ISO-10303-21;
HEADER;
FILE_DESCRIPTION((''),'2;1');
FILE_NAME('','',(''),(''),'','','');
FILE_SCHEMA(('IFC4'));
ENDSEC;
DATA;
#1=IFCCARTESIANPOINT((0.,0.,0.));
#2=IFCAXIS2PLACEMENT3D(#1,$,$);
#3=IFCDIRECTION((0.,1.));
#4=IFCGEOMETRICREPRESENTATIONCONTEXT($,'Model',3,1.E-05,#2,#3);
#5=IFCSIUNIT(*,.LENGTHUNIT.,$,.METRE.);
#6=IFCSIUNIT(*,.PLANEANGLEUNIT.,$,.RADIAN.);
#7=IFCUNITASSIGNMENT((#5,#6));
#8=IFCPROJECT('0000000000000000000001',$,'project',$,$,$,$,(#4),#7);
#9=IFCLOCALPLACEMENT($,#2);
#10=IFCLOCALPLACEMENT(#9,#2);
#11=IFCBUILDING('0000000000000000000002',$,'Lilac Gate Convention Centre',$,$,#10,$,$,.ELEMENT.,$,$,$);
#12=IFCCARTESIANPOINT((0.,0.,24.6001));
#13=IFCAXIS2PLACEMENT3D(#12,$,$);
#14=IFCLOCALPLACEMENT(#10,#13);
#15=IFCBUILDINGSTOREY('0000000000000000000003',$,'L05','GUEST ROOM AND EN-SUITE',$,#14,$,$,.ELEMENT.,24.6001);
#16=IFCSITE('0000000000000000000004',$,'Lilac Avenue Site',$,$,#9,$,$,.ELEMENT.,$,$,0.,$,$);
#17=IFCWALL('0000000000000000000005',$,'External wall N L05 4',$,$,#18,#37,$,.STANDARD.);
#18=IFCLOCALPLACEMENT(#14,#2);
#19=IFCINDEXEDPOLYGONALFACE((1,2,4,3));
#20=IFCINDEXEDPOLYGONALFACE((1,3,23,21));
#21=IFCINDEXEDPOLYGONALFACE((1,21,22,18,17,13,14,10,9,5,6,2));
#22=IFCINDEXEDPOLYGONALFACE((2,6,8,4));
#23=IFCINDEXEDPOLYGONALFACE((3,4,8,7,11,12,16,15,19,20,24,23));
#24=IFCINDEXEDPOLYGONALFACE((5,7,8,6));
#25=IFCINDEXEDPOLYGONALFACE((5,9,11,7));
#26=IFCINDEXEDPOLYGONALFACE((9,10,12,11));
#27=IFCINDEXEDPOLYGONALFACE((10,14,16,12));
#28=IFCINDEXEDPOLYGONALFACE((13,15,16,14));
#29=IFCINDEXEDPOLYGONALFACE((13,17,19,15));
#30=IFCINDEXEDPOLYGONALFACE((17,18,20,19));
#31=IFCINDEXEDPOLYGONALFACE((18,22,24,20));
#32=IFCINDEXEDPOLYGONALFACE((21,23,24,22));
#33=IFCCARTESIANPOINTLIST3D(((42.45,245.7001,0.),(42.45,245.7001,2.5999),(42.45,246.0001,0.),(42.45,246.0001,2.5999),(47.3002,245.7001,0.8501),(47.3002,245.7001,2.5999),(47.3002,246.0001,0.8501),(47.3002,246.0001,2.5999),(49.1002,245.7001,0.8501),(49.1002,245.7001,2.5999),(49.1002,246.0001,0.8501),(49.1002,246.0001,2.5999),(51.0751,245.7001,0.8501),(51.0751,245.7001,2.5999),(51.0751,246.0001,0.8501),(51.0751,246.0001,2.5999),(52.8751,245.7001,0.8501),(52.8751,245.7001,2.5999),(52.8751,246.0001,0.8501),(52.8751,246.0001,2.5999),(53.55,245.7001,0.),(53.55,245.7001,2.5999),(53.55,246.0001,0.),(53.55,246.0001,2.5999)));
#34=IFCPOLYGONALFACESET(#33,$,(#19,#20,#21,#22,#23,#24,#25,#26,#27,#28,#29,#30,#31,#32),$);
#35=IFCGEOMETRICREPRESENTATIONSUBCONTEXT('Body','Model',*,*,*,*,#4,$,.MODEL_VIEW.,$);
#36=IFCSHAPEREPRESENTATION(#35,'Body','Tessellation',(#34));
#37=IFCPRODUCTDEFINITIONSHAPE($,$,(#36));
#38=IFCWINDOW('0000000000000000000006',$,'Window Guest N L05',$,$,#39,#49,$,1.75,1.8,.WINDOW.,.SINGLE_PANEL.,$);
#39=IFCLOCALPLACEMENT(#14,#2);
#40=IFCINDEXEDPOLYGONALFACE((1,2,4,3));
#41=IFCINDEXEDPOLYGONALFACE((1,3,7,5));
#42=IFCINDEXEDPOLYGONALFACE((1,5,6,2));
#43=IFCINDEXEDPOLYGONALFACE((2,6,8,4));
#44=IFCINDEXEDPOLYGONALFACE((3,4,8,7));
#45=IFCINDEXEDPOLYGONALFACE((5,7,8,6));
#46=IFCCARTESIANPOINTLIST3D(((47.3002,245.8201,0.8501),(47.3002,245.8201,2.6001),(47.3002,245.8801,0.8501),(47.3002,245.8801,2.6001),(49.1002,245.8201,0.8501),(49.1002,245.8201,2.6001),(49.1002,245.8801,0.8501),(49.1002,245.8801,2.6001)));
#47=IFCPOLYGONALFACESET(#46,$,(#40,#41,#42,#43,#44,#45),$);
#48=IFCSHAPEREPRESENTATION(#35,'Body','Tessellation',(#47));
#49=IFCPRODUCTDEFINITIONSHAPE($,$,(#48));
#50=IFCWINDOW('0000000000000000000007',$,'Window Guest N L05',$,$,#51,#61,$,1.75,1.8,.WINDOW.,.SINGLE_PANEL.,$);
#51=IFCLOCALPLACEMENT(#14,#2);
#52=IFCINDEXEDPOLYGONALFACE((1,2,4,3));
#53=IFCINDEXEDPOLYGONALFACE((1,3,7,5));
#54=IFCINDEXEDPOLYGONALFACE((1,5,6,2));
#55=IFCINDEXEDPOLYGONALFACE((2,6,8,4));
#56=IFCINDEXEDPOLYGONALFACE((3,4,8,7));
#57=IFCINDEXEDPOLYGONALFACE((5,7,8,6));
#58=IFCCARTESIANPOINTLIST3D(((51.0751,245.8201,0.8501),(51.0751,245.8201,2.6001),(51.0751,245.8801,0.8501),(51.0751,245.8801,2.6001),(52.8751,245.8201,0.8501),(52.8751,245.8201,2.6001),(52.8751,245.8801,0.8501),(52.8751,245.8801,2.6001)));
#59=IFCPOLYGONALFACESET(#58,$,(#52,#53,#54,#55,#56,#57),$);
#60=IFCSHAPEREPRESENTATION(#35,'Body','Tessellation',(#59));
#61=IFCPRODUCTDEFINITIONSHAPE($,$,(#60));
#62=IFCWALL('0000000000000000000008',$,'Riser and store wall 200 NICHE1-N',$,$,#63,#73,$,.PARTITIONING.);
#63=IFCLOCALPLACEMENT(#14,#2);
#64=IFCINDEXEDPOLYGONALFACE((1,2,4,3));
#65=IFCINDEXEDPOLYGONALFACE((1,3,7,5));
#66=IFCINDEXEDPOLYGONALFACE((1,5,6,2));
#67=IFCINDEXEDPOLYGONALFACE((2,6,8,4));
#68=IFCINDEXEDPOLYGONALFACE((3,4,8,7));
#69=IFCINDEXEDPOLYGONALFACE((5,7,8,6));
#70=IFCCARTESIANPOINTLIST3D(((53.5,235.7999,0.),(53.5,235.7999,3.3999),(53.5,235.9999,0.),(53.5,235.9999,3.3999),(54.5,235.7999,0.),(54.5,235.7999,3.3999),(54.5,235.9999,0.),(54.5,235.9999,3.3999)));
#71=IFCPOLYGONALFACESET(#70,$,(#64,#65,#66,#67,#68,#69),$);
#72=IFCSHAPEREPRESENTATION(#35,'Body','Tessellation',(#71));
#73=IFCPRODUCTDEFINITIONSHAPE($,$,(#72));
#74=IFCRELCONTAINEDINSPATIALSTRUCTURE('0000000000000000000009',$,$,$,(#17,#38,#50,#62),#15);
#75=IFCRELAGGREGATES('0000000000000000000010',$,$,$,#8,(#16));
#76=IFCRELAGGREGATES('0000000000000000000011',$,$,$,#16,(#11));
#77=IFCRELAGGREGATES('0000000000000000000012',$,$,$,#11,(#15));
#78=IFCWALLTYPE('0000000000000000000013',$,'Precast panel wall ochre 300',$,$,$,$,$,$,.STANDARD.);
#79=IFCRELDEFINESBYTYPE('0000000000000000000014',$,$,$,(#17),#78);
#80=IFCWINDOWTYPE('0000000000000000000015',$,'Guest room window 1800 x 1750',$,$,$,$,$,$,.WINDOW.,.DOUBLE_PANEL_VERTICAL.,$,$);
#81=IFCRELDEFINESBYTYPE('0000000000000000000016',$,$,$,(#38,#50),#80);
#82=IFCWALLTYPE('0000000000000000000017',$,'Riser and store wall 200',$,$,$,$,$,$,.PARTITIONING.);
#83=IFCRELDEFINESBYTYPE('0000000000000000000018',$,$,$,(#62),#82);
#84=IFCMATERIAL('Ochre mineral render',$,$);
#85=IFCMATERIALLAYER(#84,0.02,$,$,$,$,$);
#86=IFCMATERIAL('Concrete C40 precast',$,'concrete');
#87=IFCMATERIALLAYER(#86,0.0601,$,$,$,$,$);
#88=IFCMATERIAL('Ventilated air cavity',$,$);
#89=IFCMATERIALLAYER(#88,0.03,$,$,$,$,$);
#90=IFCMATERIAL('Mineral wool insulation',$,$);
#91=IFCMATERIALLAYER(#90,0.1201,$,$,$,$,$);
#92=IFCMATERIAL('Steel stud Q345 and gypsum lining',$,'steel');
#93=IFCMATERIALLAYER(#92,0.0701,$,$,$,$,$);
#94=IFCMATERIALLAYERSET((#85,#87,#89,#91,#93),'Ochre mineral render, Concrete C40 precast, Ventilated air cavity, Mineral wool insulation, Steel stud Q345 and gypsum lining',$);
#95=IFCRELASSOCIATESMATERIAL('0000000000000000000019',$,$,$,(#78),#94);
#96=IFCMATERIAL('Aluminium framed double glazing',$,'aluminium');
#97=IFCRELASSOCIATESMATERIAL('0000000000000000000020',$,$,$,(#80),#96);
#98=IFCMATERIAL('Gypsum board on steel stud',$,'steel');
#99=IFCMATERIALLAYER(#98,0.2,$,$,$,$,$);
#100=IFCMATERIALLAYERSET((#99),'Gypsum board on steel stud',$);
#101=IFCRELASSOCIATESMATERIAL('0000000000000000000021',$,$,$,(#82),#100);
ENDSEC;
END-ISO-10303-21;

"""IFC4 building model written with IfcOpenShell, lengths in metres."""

from ifc_helpers import new_model, si_unit, direction, frame, frame_2d, origin, place, context, subcontext, project, spatial, rectangle, extrude, material, layer, layer_set, type_object, element, fill, save


model = new_model("IFC4")

# Units and contexts
model_context = context("Model", 3, precision=1e-05, world=origin(), true_north=direction((0.0, 1.0)))
body_context = subcontext(model_context, "Body", "Model", "MODEL_VIEW")
ifc_project = project(units=[si_unit("LENGTHUNIT", "METRE"), si_unit("PLANEANGLEUNIT", "RADIAN")], contexts=[model_context])

# Site, building, storey
site_placement = place(None, origin())
site = spatial("IfcSite", under=ifc_project, at=site_placement, Name="Lilac Avenue Site", CompositionType="ELEMENT", RefElevation=0.0)
building_placement = place(site_placement, origin())
building = spatial("IfcBuilding", under=site, at=building_placement, Name="Lilac Gate Convention Centre", CompositionType="ELEMENT")
storey_placement = place(building_placement, frame((0.0, 0.0, 24.6001)))
storey = spatial("IfcBuildingStorey", under=building, at=storey_placement, Name="L05", Description="GUEST ROOM AND EN-SUITE", CompositionType="ELEMENT", Elevation=24.6001)

# Shared definitions
ifc_material_1 = material(Name="Gypsum board on steel stud", Category="steel")

# Shared definitions
ifc_material_2 = material(Name="Concrete C40 precast", Category="concrete")
ifc_material_3 = material(Name="Ochre mineral render")

# Wall, openings, windows
ifc_layer_1 = layer(ifc_material_3, 0.02)
ifc_layer_2 = layer(ifc_material_2, 0.0601)
ifc_material_4 = material(Name="Ventilated air cavity")
ifc_layer_3 = layer(ifc_material_4, 0.03)
ifc_material_5 = material(Name="Mineral wool insulation")
ifc_layer_4 = layer(ifc_material_5, 0.1201)
ifc_material_6 = material(Name="Steel stud Q345 and gypsum lining", Category="steel")
ifc_layer_5 = layer(ifc_material_6, 0.0701)
ifc_layer_set_1 = layer_set([ifc_layer_1, ifc_layer_2, ifc_layer_3, ifc_layer_4, ifc_layer_5], Name="Ochre mineral render, Concrete C40 precast, Ventilated air cavity, Mineral wool insulation, Steel stud Q345 and gypsum lining")
wall_type_1 = type_object("IfcWallType", Name="Precast panel wall ochre 300", PredefinedType="STANDARD", material=ifc_layer_set_1)
wall_1_placement = place(storey_placement, frame((53.55, 245.8501, 0.0), z_axis=(0.0, 0.0, 1.0), x_axis=(-1.0, 0.0, 0.0)))
wall_1 = element("IfcWall", 1, at=wall_1_placement, inside=storey, type_object=wall_type_1, Name="External wall N L05 4", PredefinedType="STANDARD", context=body_context, shape_type="SweptSolid", body=[
    extrude(rectangle(XDim=11.1001, YDim=0.3, at=frame_2d((5.55, 0.0))), origin(), (0.0, 0.0, 1.0), 2.5999),
])
opening_1_placement = place(wall_1_placement, frame((4.45, 0.0, 0.8501)))
opening_1 = element("IfcOpeningElement", 2, at=opening_1_placement, cuts=wall_1, PredefinedType="OPENING", context=body_context, shape_type="SweptSolid", body=[
    extrude(rectangle(XDim=1.8, YDim=1.75, at=frame_2d((0.8999, 0.875))), frame((0.0, 0.1599, 0.0), z_axis=(0.0, -1.0, 0.0), x_axis=(1.0, 0.0, 0.0)), (0.0, 0.0, 1.0), 0.3201),
])
opening_2_placement = place(wall_1_placement, frame((0.675, 0.0, 0.8501)))
opening_2 = element("IfcOpeningElement", 3, at=opening_2_placement, cuts=wall_1, PredefinedType="OPENING", context=body_context, shape_type="SweptSolid", body=[
    extrude(rectangle(XDim=1.8, YDim=1.75, at=frame_2d((0.8999, 0.875))), frame((0.0, 0.1599, 0.0), z_axis=(0.0, -1.0, 0.0), x_axis=(1.0, 0.0, 0.0)), (0.0, 0.0, 1.0), 0.3201),
])
ifc_material_7 = material(Name="Aluminium framed double glazing", Category="aluminium")
window_type = type_object("IfcWindowType", Name="Guest room window 1800 x 1750", PartitioningType="DOUBLE_PANEL_VERTICAL", PredefinedType="WINDOW", material=ifc_material_7)
window_1_placement = place(opening_1_placement, origin())
window_1 = element("IfcWindow", 4, at=window_1_placement, inside=storey, type_object=window_type, Name="Window Guest N L05", OverallHeight=1.75, OverallWidth=1.8, PartitioningType="SINGLE_PANEL", PredefinedType="WINDOW", context=body_context, shape_type="SweptSolid", body=[
    extrude(rectangle(XDim=1.8, YDim=1.75, at=frame_2d((0.8999, 0.875))), frame((0.0, 0.03, 0.0), z_axis=(0.0, -1.0, 0.0), x_axis=(1.0, 0.0, 0.0)), (0.0, 0.0, 1.0), 0.0601),
])
fill(opening_1, window_1)
window_2_placement = place(opening_2_placement, origin())
window_2 = element("IfcWindow", 5, at=window_2_placement, inside=storey, type_object=window_type, Name="Window Guest N L05", OverallHeight=1.75, OverallWidth=1.8, PartitioningType="SINGLE_PANEL", PredefinedType="WINDOW", context=body_context, shape_type="SweptSolid", body=[
    extrude(rectangle(XDim=1.8, YDim=1.75, at=frame_2d((0.8999, 0.875))), frame((0.0, 0.03, 0.0), z_axis=(0.0, -1.0, 0.0), x_axis=(1.0, 0.0, 0.0)), (0.0, 0.0, 1.0), 0.0601),
])
fill(opening_2, window_2)

# Wall
ifc_layer_6 = layer(ifc_material_1, 0.2)
ifc_layer_set_2 = layer_set([ifc_layer_6], Name="Gypsum board on steel stud")
wall_type_2 = type_object("IfcWallType", Name="Riser and store wall 200", PredefinedType="PARTITIONING", material=ifc_layer_set_2)
wall_2_placement = place(storey_placement, frame((53.5, 235.8999, 0.0), z_axis=(0.0, 0.0, 1.0), x_axis=(1.0, 0.0, 0.0)))
element("IfcWall", 6, at=wall_2_placement, inside=storey, type_object=wall_type_2, Name="Riser and store wall 200 NICHE1-N", PredefinedType="PARTITIONING", context=body_context, shape_type="SweptSolid", body=[
    extrude(rectangle(XDim=1.0, YDim=0.2, at=frame_2d((0.5, 0.0))), origin(), (0.0, 0.0, 1.0), 3.3999),
])

save(model, "model.ifc")
